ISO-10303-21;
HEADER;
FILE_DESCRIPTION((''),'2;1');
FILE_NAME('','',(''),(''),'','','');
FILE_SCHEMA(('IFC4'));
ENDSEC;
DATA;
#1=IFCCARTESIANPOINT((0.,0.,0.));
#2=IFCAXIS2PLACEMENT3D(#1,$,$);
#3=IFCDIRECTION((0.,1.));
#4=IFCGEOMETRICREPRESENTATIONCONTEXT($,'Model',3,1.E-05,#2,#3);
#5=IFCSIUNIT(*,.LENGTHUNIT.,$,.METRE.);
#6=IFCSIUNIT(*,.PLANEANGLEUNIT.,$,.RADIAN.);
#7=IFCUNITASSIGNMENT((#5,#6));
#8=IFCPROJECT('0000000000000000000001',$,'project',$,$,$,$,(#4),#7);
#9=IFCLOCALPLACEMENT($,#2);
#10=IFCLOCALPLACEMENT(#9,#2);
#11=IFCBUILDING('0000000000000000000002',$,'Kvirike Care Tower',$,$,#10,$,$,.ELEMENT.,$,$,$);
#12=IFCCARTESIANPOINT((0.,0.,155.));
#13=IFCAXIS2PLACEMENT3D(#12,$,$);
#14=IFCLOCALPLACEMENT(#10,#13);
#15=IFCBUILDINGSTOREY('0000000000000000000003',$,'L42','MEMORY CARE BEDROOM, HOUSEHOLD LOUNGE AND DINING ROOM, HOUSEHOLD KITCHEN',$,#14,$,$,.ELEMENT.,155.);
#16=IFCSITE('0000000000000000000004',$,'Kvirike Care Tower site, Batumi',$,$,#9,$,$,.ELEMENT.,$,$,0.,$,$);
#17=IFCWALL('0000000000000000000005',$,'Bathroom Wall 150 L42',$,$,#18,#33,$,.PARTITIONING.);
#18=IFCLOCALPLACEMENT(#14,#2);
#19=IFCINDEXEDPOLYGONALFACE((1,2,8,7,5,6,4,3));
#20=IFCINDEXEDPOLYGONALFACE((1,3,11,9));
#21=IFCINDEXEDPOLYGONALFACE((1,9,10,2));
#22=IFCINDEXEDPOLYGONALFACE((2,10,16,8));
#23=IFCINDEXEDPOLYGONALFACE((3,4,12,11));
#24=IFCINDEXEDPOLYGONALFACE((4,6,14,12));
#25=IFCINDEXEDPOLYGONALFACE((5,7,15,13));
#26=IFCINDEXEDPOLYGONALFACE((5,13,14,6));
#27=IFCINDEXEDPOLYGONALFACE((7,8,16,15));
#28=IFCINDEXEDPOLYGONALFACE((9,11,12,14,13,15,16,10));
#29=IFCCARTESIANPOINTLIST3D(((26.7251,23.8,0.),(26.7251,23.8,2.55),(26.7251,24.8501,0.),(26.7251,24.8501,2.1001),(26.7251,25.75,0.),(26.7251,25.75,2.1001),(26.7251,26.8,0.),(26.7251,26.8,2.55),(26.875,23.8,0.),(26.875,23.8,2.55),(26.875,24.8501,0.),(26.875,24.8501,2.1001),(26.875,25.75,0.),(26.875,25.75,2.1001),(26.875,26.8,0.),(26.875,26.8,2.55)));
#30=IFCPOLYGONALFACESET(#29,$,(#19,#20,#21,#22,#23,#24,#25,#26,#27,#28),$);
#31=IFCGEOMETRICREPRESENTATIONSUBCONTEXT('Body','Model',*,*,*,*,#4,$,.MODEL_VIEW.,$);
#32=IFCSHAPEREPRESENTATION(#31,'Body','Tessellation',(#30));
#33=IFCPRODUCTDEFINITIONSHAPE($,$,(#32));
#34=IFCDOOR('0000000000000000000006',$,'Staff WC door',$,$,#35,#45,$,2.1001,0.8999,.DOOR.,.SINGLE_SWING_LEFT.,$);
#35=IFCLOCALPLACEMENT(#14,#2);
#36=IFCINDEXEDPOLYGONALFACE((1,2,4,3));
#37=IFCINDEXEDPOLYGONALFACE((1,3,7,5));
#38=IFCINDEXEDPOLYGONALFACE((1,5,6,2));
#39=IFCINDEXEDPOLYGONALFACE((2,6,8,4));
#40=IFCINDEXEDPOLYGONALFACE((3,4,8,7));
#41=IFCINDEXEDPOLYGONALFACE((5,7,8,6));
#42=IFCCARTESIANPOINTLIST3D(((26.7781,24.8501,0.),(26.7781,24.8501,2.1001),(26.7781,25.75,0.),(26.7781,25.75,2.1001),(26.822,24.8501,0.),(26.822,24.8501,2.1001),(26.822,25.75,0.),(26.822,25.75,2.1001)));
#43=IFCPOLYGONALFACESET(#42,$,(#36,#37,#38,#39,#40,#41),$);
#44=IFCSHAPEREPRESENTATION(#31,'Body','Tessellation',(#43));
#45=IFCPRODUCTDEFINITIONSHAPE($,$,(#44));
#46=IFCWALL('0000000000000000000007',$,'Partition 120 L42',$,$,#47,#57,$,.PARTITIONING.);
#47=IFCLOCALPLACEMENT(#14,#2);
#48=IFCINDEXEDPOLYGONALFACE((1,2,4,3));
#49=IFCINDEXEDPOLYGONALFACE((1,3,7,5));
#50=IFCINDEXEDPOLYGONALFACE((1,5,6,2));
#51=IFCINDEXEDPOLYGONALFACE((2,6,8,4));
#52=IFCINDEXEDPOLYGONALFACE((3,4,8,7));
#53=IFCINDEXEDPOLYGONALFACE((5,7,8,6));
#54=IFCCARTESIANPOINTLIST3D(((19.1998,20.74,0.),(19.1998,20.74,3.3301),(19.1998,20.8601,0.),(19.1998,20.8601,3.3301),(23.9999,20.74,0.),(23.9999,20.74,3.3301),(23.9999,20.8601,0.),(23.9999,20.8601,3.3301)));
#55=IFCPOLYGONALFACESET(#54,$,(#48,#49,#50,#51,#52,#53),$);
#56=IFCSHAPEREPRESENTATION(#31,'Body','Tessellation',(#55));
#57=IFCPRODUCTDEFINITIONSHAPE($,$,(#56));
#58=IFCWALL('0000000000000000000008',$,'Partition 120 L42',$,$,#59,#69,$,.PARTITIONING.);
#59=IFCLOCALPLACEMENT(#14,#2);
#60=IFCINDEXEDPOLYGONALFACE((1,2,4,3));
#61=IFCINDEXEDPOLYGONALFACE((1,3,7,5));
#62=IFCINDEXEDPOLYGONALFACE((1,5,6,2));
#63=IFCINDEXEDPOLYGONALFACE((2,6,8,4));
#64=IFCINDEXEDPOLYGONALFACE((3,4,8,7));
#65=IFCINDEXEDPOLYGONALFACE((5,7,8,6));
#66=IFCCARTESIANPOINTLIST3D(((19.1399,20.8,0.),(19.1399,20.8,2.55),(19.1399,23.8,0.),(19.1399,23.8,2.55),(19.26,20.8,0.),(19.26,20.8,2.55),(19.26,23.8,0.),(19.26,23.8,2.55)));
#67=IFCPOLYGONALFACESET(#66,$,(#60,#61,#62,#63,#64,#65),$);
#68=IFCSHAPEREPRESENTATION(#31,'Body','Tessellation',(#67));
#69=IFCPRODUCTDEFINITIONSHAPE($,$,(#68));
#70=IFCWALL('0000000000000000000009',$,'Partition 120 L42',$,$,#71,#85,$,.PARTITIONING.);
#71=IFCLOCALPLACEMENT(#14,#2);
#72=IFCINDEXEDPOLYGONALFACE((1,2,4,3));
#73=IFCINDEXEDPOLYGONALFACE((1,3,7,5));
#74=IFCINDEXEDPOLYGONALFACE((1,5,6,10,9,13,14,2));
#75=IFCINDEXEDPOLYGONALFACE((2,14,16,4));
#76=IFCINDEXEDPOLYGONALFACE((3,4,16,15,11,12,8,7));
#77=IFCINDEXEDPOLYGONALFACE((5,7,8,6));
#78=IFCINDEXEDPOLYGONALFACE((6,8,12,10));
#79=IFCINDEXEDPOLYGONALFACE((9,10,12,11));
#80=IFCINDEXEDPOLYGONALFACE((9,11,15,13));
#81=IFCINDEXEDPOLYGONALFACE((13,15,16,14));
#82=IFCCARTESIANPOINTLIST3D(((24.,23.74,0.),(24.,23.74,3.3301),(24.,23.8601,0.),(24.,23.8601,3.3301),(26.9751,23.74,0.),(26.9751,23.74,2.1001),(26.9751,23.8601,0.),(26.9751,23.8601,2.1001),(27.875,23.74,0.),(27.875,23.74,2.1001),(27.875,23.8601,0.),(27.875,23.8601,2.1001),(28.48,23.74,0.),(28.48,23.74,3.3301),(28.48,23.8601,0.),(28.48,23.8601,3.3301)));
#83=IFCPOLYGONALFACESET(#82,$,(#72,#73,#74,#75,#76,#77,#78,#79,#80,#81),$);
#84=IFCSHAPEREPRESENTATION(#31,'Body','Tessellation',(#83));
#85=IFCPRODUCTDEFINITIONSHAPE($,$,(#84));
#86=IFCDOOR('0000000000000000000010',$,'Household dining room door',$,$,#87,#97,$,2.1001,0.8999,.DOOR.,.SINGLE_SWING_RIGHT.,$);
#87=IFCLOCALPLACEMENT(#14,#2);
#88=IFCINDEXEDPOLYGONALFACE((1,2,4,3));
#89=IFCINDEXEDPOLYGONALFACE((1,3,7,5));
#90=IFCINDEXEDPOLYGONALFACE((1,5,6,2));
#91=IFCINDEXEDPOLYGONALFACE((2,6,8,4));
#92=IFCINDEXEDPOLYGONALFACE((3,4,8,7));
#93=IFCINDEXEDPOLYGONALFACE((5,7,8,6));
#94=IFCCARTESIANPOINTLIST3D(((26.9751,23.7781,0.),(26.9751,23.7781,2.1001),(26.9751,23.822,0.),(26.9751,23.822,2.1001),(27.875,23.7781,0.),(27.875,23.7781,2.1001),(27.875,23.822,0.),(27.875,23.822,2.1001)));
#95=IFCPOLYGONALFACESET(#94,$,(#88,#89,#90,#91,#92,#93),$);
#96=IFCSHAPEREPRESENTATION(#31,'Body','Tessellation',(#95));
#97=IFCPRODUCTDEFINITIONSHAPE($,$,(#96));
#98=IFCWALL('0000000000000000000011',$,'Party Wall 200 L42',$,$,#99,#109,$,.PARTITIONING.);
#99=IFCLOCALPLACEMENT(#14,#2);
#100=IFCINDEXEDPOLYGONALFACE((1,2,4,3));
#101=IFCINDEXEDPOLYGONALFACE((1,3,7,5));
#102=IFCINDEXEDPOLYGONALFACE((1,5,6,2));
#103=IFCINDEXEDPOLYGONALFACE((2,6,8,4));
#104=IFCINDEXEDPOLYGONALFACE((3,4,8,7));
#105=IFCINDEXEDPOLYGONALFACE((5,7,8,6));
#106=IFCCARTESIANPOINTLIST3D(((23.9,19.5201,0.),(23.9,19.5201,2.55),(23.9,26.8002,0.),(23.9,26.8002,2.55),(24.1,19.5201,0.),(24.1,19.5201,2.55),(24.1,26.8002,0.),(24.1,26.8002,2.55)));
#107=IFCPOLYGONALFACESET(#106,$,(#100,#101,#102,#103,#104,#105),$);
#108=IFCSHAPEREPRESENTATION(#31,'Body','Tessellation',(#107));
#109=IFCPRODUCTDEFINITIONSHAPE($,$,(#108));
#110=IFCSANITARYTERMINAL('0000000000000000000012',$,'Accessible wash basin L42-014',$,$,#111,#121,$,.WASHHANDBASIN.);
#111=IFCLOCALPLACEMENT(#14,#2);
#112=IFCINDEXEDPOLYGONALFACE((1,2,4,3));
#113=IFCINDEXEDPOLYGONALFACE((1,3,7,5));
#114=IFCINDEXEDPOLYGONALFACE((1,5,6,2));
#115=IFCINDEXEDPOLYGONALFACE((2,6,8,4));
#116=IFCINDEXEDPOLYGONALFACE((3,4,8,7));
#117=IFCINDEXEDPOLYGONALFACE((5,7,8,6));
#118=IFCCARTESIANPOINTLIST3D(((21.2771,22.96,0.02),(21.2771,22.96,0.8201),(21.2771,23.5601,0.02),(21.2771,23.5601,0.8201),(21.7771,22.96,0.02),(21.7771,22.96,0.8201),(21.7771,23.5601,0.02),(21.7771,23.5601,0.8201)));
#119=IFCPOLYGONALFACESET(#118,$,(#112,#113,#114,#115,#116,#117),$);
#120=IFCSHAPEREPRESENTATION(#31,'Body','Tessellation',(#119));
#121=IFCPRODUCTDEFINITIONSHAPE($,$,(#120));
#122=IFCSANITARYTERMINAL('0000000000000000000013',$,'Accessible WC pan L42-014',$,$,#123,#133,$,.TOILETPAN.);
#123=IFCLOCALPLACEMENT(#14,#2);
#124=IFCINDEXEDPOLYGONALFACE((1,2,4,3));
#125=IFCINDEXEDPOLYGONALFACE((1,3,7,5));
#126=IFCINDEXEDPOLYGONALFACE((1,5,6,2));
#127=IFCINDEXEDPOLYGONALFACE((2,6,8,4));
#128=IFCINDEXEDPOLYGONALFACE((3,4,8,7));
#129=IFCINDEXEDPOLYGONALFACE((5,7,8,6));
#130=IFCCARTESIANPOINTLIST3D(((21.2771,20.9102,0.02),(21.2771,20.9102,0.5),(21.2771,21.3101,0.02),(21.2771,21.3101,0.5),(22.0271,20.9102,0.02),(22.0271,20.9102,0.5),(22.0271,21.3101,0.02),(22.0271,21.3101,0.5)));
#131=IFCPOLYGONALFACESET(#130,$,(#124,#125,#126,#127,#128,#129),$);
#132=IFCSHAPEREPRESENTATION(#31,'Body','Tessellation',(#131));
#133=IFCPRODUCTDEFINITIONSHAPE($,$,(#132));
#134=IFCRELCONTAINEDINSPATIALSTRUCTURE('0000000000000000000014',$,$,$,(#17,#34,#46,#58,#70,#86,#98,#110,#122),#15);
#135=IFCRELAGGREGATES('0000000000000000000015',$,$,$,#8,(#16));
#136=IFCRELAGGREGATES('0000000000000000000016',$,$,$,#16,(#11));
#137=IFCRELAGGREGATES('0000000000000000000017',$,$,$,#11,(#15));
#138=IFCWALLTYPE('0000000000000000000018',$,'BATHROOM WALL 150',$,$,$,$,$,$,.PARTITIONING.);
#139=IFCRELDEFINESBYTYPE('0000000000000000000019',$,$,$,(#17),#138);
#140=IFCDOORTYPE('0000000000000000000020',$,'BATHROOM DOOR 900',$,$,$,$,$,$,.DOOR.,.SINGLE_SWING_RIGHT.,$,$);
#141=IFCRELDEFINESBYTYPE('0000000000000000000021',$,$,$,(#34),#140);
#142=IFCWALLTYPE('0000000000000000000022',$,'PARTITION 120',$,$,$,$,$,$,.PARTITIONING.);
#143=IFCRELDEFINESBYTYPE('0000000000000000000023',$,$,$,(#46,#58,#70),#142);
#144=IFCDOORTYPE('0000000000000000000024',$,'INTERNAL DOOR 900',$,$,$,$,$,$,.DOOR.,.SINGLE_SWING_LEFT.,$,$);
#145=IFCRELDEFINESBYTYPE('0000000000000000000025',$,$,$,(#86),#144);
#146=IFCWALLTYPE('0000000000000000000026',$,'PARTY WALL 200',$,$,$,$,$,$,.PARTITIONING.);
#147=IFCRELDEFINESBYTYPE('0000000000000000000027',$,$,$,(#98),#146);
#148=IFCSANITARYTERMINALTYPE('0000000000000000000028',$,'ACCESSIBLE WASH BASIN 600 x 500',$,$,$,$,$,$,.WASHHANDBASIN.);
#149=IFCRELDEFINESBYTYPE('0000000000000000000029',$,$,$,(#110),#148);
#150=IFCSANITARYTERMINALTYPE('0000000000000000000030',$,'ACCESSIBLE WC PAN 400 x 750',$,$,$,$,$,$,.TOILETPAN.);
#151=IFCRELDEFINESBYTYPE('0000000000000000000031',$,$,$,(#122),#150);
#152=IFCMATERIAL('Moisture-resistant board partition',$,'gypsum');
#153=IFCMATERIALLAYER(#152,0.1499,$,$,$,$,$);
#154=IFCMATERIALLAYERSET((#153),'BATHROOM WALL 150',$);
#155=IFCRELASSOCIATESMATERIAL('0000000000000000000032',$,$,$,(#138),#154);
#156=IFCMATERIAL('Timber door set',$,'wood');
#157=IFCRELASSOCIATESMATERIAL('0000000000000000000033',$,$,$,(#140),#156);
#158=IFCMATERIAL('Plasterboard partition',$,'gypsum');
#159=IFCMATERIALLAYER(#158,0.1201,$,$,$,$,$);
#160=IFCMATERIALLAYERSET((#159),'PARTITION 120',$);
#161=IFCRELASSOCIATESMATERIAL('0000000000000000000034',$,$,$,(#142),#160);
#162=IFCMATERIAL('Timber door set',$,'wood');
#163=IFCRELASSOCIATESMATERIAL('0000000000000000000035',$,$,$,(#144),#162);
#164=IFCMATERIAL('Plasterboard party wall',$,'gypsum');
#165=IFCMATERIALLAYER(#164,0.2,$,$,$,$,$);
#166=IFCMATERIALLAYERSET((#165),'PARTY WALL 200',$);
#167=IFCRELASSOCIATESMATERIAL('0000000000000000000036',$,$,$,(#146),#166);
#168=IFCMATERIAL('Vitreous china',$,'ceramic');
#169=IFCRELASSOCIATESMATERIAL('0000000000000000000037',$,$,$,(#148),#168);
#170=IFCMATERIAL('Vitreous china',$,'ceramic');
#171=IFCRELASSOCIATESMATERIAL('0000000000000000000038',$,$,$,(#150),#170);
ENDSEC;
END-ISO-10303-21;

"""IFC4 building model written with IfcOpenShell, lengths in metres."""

from ifc_helpers import new_model, si_unit, direction, frame, frame_2d, origin, origin_2d, place, context, subcontext, project, spatial, rectangle, extrude, material, layer, layer_set, type_object, element, fill, save


model = new_model("IFC4")

# Units and contexts
model_context = context("Model", 3, precision=1e-05, world=origin(), true_north=direction((0.0, 1.0)))
body_context = subcontext(model_context, "Body", "Model", "MODEL_VIEW")
ifc_project = project(units=[si_unit("LENGTHUNIT", "METRE"), si_unit("PLANEANGLEUNIT", "RADIAN")], contexts=[model_context])

# Site, building, storey
site_placement = place(None, origin())
site = spatial("IfcSite", under=ifc_project, at=site_placement, Name="Kvirike Care Tower site, Batumi", CompositionType="ELEMENT", RefElevation=0.0)
building_placement = place(site_placement, origin())
building = spatial("IfcBuilding", under=site, at=building_placement, Name="Kvirike Care Tower", CompositionType="ELEMENT")
storey_placement = place(building_placement, frame((0.0, 0.0, 155.0)))
storey = spatial("IfcBuildingStorey", under=building, at=storey_placement, Name="L42", Description="MEMORY CARE BEDROOM, HOUSEHOLD LOUNGE AND DINING ROOM, HOUSEHOLD KITCHEN", CompositionType="ELEMENT", Elevation=155.0)

# Shared definitions
ifc_material_1 = material(Name="Moisture-resistant board partition", Category="gypsum")
ifc_layer_1 = layer(ifc_material_1, 0.1499)
ifc_layer_set_1 = layer_set([ifc_layer_1], Name="BATHROOM WALL 150")
wall_type_1 = type_object("IfcWallType", Name="BATHROOM WALL 150", PredefinedType="PARTITIONING", material=ifc_layer_set_1)
ifc_material_2 = material(Name="Timber door set", Category="wood")
door_type_1 = type_object("IfcDoorType", Name="BATHROOM DOOR 900", OperationType="SINGLE_SWING_RIGHT", PredefinedType="DOOR", material=ifc_material_2)

# Wall, opening, door
wall_1_placement = place(storey_placement, frame((26.8, 23.8, 0.0), z_axis=(0.0, 0.0, 1.0), x_axis=(0.0, 1.0, 0.0)))
wall_1 = element("IfcWall", 1, at=wall_1_placement, inside=storey, type_object=wall_type_1, Name="Bathroom Wall 150 L42", PredefinedType="PARTITIONING", context=body_context, shape_type="SweptSolid", body=[
    extrude(rectangle(XDim=3.0, YDim=0.1499, at=frame_2d((1.5, 0.0))), origin(), (0.0, 0.0, 1.0), 2.55),
])
opening_1_placement = place(wall_1_placement, frame((1.05, 0.0, 0.0)))
opening_1 = element("IfcOpeningElement", 2, at=opening_1_placement, cuts=wall_1, PredefinedType="OPENING", context=body_context, shape_type="SweptSolid", body=[
    extrude(rectangle(XDim=0.8999, YDim=2.1001, at=frame_2d((0.45, 1.05))), frame((0.0, 0.0854, 0.0), z_axis=(0.0, -1.0, 0.0), x_axis=(1.0, 0.0, 0.0)), (0.0, 0.0, 1.0), 0.1709),
])
door_1_placement = place(opening_1_placement, frame((0.8999, 0.0, 0.0), z_axis=(0.0, 0.0, 1.0), x_axis=(-1.0, 0.0, 0.0)))
door_1 = element("IfcDoor", 3, at=door_1_placement, inside=storey, type_object=door_type_1, Name="Staff WC door", OperationType="SINGLE_SWING_LEFT", OverallHeight=2.1001, OverallWidth=0.8999, PredefinedType="DOOR", context=body_context, shape_type="SweptSolid", body=[
    extrude(rectangle(XDim=0.8999, YDim=2.1001, at=frame_2d((0.45, 1.05))), frame((0.0, 0.022, 0.0), z_axis=(0.0, -1.0, 0.0), x_axis=(1.0, 0.0, 0.0)), (0.0, 0.0, 1.0), 0.0439),
])
fill(opening_1, door_1)

# Walls
ifc_material_3 = material(Name="Plasterboard partition", Category="gypsum")
ifc_layer_2 = layer(ifc_material_3, 0.1201)
ifc_layer_set_2 = layer_set([ifc_layer_2], Name="PARTITION 120")
wall_type_2 = type_object("IfcWallType", Name="PARTITION 120", PredefinedType="PARTITIONING", material=ifc_layer_set_2)
wall_2_placement = place(storey_placement, frame((19.2, 20.8, 0.0), z_axis=(0.0, 0.0, 1.0), x_axis=(1.0, 0.0, 0.0)))
element("IfcWall", 4, at=wall_2_placement, inside=storey, type_object=wall_type_2, Name="Partition 120 L42", PredefinedType="PARTITIONING", context=body_context, shape_type="SweptSolid", body=[
    extrude(rectangle(XDim=4.8, YDim=0.1201, at=frame_2d((2.3999, 0.0))), origin(), (0.0, 0.0, 1.0), 3.3301),
])
wall_3_placement = place(storey_placement, frame((19.2, 20.8, 0.0), z_axis=(0.0, 0.0, 1.0), x_axis=(0.0, 1.0, 0.0)))
element("IfcWall", 5, at=wall_3_placement, inside=storey, type_object=wall_type_2, Name="Partition 120 L42", PredefinedType="PARTITIONING", context=body_context, shape_type="SweptSolid", body=[
    extrude(rectangle(XDim=3.0, YDim=0.1201, at=frame_2d((1.5, 0.0))), origin(), (0.0, 0.0, 1.0), 2.55),
])

# Wall, opening, door
wall_4_placement = place(storey_placement, frame((24.0, 23.8, 0.0), z_axis=(0.0, 0.0, 1.0), x_axis=(1.0, 0.0, 0.0)))
wall_4 = element("IfcWall", 6, at=wall_4_placement, inside=storey, type_object=wall_type_2, Name="Partition 120 L42", PredefinedType="PARTITIONING", context=body_context, shape_type="SweptSolid", body=[
    extrude(rectangle(XDim=4.48, YDim=0.1201, at=frame_2d((2.24, 0.0))), origin(), (0.0, 0.0, 1.0), 3.3301),
])
opening_2_placement = place(wall_4_placement, frame((2.9751, 0.0, 0.0)))
opening_2 = element("IfcOpeningElement", 7, at=opening_2_placement, cuts=wall_4, PredefinedType="OPENING", context=body_context, shape_type="SweptSolid", body=[
    extrude(rectangle(XDim=0.8999, YDim=2.1001, at=frame_2d((0.45, 1.05))), frame((0.0, 0.0706, 0.0), z_axis=(0.0, -1.0, 0.0), x_axis=(1.0, 0.0, 0.0)), (0.0, 0.0, 1.0), 0.1411),
])
ifc_material_4 = material(Name="Timber door set", Category="wood")
door_type_2 = type_object("IfcDoorType", Name="INTERNAL DOOR 900", OperationType="SINGLE_SWING_LEFT", PredefinedType="DOOR", material=ifc_material_4)
door_2_placement = place(opening_2_placement, origin())
door_2 = element("IfcDoor", 8, at=door_2_placement, inside=storey, type_object=door_type_2, Name="Household dining room door", OperationType="SINGLE_SWING_RIGHT", OverallHeight=2.1001, OverallWidth=0.8999, PredefinedType="DOOR", context=body_context, shape_type="SweptSolid", body=[
    extrude(rectangle(XDim=0.8999, YDim=2.1001, at=frame_2d((0.45, 1.05))), frame((0.0, 0.022, 0.0), z_axis=(0.0, -1.0, 0.0), x_axis=(1.0, 0.0, 0.0)), (0.0, 0.0, 1.0), 0.0439),
])
fill(opening_2, door_2)

# Wall
ifc_material_5 = material(Name="Plasterboard party wall", Category="gypsum")
ifc_layer_3 = layer(ifc_material_5, 0.2)
ifc_layer_set_3 = layer_set([ifc_layer_3], Name="PARTY WALL 200")
wall_type_3 = type_object("IfcWallType", Name="PARTY WALL 200", PredefinedType="PARTITIONING", material=ifc_layer_set_3)
wall_5_placement = place(storey_placement, frame((24.0, 19.52, 0.0), z_axis=(0.0, 0.0, 1.0), x_axis=(0.0, 1.0, 0.0)))
element("IfcWall", 9, at=wall_5_placement, inside=storey, type_object=wall_type_3, Name="Party Wall 200 L42", PredefinedType="PARTITIONING", context=body_context, shape_type="SweptSolid", body=[
    extrude(rectangle(XDim=7.28, YDim=0.2, at=frame_2d((3.6401, 0.0))), origin(), (0.0, 0.0, 1.0), 2.55),
])

# Sanitary terminals
ifc_material_6 = material(Name="Vitreous china", Category="ceramic")
sanitary_terminal_type_1 = type_object("IfcSanitaryTerminalType", Name="ACCESSIBLE WASH BASIN 600 x 500", PredefinedType="WASHHANDBASIN", material=ifc_material_6)
sanitary_terminal_1_placement = place(storey_placement, frame((21.5271, 23.26, 0.02), z_axis=(0.0, 0.0, 1.0), x_axis=(0.0, 1.0, 0.0)))
element("IfcSanitaryTerminal", 10, at=sanitary_terminal_1_placement, inside=storey, type_object=sanitary_terminal_type_1, Name="Accessible wash basin L42-014", PredefinedType="WASHHANDBASIN", context=body_context, shape_type="SweptSolid", body=[
    extrude(rectangle(XDim=0.6001, YDim=0.5, at=origin_2d()), origin(), (0.0, 0.0, 1.0), 0.8),
])
ifc_material_7 = material(Name="Vitreous china", Category="ceramic")
sanitary_terminal_type_2 = type_object("IfcSanitaryTerminalType", Name="ACCESSIBLE WC PAN 400 x 750", PredefinedType="TOILETPAN", material=ifc_material_7)
sanitary_terminal_2_placement = place(storey_placement, frame((21.6521, 21.1101, 0.02), z_axis=(0.0, 0.0, 1.0), x_axis=(0.0, 1.0, 0.0)))
element("IfcSanitaryTerminal", 11, at=sanitary_terminal_2_placement, inside=storey, type_object=sanitary_terminal_type_2, Name="Accessible WC pan L42-014", PredefinedType="TOILETPAN", context=body_context, shape_type="SweptSolid", body=[
    extrude(rectangle(XDim=0.3999, YDim=0.75, at=origin_2d()), origin(), (0.0, 0.0, 1.0), 0.48),
])

save(model, "model.ifc")
